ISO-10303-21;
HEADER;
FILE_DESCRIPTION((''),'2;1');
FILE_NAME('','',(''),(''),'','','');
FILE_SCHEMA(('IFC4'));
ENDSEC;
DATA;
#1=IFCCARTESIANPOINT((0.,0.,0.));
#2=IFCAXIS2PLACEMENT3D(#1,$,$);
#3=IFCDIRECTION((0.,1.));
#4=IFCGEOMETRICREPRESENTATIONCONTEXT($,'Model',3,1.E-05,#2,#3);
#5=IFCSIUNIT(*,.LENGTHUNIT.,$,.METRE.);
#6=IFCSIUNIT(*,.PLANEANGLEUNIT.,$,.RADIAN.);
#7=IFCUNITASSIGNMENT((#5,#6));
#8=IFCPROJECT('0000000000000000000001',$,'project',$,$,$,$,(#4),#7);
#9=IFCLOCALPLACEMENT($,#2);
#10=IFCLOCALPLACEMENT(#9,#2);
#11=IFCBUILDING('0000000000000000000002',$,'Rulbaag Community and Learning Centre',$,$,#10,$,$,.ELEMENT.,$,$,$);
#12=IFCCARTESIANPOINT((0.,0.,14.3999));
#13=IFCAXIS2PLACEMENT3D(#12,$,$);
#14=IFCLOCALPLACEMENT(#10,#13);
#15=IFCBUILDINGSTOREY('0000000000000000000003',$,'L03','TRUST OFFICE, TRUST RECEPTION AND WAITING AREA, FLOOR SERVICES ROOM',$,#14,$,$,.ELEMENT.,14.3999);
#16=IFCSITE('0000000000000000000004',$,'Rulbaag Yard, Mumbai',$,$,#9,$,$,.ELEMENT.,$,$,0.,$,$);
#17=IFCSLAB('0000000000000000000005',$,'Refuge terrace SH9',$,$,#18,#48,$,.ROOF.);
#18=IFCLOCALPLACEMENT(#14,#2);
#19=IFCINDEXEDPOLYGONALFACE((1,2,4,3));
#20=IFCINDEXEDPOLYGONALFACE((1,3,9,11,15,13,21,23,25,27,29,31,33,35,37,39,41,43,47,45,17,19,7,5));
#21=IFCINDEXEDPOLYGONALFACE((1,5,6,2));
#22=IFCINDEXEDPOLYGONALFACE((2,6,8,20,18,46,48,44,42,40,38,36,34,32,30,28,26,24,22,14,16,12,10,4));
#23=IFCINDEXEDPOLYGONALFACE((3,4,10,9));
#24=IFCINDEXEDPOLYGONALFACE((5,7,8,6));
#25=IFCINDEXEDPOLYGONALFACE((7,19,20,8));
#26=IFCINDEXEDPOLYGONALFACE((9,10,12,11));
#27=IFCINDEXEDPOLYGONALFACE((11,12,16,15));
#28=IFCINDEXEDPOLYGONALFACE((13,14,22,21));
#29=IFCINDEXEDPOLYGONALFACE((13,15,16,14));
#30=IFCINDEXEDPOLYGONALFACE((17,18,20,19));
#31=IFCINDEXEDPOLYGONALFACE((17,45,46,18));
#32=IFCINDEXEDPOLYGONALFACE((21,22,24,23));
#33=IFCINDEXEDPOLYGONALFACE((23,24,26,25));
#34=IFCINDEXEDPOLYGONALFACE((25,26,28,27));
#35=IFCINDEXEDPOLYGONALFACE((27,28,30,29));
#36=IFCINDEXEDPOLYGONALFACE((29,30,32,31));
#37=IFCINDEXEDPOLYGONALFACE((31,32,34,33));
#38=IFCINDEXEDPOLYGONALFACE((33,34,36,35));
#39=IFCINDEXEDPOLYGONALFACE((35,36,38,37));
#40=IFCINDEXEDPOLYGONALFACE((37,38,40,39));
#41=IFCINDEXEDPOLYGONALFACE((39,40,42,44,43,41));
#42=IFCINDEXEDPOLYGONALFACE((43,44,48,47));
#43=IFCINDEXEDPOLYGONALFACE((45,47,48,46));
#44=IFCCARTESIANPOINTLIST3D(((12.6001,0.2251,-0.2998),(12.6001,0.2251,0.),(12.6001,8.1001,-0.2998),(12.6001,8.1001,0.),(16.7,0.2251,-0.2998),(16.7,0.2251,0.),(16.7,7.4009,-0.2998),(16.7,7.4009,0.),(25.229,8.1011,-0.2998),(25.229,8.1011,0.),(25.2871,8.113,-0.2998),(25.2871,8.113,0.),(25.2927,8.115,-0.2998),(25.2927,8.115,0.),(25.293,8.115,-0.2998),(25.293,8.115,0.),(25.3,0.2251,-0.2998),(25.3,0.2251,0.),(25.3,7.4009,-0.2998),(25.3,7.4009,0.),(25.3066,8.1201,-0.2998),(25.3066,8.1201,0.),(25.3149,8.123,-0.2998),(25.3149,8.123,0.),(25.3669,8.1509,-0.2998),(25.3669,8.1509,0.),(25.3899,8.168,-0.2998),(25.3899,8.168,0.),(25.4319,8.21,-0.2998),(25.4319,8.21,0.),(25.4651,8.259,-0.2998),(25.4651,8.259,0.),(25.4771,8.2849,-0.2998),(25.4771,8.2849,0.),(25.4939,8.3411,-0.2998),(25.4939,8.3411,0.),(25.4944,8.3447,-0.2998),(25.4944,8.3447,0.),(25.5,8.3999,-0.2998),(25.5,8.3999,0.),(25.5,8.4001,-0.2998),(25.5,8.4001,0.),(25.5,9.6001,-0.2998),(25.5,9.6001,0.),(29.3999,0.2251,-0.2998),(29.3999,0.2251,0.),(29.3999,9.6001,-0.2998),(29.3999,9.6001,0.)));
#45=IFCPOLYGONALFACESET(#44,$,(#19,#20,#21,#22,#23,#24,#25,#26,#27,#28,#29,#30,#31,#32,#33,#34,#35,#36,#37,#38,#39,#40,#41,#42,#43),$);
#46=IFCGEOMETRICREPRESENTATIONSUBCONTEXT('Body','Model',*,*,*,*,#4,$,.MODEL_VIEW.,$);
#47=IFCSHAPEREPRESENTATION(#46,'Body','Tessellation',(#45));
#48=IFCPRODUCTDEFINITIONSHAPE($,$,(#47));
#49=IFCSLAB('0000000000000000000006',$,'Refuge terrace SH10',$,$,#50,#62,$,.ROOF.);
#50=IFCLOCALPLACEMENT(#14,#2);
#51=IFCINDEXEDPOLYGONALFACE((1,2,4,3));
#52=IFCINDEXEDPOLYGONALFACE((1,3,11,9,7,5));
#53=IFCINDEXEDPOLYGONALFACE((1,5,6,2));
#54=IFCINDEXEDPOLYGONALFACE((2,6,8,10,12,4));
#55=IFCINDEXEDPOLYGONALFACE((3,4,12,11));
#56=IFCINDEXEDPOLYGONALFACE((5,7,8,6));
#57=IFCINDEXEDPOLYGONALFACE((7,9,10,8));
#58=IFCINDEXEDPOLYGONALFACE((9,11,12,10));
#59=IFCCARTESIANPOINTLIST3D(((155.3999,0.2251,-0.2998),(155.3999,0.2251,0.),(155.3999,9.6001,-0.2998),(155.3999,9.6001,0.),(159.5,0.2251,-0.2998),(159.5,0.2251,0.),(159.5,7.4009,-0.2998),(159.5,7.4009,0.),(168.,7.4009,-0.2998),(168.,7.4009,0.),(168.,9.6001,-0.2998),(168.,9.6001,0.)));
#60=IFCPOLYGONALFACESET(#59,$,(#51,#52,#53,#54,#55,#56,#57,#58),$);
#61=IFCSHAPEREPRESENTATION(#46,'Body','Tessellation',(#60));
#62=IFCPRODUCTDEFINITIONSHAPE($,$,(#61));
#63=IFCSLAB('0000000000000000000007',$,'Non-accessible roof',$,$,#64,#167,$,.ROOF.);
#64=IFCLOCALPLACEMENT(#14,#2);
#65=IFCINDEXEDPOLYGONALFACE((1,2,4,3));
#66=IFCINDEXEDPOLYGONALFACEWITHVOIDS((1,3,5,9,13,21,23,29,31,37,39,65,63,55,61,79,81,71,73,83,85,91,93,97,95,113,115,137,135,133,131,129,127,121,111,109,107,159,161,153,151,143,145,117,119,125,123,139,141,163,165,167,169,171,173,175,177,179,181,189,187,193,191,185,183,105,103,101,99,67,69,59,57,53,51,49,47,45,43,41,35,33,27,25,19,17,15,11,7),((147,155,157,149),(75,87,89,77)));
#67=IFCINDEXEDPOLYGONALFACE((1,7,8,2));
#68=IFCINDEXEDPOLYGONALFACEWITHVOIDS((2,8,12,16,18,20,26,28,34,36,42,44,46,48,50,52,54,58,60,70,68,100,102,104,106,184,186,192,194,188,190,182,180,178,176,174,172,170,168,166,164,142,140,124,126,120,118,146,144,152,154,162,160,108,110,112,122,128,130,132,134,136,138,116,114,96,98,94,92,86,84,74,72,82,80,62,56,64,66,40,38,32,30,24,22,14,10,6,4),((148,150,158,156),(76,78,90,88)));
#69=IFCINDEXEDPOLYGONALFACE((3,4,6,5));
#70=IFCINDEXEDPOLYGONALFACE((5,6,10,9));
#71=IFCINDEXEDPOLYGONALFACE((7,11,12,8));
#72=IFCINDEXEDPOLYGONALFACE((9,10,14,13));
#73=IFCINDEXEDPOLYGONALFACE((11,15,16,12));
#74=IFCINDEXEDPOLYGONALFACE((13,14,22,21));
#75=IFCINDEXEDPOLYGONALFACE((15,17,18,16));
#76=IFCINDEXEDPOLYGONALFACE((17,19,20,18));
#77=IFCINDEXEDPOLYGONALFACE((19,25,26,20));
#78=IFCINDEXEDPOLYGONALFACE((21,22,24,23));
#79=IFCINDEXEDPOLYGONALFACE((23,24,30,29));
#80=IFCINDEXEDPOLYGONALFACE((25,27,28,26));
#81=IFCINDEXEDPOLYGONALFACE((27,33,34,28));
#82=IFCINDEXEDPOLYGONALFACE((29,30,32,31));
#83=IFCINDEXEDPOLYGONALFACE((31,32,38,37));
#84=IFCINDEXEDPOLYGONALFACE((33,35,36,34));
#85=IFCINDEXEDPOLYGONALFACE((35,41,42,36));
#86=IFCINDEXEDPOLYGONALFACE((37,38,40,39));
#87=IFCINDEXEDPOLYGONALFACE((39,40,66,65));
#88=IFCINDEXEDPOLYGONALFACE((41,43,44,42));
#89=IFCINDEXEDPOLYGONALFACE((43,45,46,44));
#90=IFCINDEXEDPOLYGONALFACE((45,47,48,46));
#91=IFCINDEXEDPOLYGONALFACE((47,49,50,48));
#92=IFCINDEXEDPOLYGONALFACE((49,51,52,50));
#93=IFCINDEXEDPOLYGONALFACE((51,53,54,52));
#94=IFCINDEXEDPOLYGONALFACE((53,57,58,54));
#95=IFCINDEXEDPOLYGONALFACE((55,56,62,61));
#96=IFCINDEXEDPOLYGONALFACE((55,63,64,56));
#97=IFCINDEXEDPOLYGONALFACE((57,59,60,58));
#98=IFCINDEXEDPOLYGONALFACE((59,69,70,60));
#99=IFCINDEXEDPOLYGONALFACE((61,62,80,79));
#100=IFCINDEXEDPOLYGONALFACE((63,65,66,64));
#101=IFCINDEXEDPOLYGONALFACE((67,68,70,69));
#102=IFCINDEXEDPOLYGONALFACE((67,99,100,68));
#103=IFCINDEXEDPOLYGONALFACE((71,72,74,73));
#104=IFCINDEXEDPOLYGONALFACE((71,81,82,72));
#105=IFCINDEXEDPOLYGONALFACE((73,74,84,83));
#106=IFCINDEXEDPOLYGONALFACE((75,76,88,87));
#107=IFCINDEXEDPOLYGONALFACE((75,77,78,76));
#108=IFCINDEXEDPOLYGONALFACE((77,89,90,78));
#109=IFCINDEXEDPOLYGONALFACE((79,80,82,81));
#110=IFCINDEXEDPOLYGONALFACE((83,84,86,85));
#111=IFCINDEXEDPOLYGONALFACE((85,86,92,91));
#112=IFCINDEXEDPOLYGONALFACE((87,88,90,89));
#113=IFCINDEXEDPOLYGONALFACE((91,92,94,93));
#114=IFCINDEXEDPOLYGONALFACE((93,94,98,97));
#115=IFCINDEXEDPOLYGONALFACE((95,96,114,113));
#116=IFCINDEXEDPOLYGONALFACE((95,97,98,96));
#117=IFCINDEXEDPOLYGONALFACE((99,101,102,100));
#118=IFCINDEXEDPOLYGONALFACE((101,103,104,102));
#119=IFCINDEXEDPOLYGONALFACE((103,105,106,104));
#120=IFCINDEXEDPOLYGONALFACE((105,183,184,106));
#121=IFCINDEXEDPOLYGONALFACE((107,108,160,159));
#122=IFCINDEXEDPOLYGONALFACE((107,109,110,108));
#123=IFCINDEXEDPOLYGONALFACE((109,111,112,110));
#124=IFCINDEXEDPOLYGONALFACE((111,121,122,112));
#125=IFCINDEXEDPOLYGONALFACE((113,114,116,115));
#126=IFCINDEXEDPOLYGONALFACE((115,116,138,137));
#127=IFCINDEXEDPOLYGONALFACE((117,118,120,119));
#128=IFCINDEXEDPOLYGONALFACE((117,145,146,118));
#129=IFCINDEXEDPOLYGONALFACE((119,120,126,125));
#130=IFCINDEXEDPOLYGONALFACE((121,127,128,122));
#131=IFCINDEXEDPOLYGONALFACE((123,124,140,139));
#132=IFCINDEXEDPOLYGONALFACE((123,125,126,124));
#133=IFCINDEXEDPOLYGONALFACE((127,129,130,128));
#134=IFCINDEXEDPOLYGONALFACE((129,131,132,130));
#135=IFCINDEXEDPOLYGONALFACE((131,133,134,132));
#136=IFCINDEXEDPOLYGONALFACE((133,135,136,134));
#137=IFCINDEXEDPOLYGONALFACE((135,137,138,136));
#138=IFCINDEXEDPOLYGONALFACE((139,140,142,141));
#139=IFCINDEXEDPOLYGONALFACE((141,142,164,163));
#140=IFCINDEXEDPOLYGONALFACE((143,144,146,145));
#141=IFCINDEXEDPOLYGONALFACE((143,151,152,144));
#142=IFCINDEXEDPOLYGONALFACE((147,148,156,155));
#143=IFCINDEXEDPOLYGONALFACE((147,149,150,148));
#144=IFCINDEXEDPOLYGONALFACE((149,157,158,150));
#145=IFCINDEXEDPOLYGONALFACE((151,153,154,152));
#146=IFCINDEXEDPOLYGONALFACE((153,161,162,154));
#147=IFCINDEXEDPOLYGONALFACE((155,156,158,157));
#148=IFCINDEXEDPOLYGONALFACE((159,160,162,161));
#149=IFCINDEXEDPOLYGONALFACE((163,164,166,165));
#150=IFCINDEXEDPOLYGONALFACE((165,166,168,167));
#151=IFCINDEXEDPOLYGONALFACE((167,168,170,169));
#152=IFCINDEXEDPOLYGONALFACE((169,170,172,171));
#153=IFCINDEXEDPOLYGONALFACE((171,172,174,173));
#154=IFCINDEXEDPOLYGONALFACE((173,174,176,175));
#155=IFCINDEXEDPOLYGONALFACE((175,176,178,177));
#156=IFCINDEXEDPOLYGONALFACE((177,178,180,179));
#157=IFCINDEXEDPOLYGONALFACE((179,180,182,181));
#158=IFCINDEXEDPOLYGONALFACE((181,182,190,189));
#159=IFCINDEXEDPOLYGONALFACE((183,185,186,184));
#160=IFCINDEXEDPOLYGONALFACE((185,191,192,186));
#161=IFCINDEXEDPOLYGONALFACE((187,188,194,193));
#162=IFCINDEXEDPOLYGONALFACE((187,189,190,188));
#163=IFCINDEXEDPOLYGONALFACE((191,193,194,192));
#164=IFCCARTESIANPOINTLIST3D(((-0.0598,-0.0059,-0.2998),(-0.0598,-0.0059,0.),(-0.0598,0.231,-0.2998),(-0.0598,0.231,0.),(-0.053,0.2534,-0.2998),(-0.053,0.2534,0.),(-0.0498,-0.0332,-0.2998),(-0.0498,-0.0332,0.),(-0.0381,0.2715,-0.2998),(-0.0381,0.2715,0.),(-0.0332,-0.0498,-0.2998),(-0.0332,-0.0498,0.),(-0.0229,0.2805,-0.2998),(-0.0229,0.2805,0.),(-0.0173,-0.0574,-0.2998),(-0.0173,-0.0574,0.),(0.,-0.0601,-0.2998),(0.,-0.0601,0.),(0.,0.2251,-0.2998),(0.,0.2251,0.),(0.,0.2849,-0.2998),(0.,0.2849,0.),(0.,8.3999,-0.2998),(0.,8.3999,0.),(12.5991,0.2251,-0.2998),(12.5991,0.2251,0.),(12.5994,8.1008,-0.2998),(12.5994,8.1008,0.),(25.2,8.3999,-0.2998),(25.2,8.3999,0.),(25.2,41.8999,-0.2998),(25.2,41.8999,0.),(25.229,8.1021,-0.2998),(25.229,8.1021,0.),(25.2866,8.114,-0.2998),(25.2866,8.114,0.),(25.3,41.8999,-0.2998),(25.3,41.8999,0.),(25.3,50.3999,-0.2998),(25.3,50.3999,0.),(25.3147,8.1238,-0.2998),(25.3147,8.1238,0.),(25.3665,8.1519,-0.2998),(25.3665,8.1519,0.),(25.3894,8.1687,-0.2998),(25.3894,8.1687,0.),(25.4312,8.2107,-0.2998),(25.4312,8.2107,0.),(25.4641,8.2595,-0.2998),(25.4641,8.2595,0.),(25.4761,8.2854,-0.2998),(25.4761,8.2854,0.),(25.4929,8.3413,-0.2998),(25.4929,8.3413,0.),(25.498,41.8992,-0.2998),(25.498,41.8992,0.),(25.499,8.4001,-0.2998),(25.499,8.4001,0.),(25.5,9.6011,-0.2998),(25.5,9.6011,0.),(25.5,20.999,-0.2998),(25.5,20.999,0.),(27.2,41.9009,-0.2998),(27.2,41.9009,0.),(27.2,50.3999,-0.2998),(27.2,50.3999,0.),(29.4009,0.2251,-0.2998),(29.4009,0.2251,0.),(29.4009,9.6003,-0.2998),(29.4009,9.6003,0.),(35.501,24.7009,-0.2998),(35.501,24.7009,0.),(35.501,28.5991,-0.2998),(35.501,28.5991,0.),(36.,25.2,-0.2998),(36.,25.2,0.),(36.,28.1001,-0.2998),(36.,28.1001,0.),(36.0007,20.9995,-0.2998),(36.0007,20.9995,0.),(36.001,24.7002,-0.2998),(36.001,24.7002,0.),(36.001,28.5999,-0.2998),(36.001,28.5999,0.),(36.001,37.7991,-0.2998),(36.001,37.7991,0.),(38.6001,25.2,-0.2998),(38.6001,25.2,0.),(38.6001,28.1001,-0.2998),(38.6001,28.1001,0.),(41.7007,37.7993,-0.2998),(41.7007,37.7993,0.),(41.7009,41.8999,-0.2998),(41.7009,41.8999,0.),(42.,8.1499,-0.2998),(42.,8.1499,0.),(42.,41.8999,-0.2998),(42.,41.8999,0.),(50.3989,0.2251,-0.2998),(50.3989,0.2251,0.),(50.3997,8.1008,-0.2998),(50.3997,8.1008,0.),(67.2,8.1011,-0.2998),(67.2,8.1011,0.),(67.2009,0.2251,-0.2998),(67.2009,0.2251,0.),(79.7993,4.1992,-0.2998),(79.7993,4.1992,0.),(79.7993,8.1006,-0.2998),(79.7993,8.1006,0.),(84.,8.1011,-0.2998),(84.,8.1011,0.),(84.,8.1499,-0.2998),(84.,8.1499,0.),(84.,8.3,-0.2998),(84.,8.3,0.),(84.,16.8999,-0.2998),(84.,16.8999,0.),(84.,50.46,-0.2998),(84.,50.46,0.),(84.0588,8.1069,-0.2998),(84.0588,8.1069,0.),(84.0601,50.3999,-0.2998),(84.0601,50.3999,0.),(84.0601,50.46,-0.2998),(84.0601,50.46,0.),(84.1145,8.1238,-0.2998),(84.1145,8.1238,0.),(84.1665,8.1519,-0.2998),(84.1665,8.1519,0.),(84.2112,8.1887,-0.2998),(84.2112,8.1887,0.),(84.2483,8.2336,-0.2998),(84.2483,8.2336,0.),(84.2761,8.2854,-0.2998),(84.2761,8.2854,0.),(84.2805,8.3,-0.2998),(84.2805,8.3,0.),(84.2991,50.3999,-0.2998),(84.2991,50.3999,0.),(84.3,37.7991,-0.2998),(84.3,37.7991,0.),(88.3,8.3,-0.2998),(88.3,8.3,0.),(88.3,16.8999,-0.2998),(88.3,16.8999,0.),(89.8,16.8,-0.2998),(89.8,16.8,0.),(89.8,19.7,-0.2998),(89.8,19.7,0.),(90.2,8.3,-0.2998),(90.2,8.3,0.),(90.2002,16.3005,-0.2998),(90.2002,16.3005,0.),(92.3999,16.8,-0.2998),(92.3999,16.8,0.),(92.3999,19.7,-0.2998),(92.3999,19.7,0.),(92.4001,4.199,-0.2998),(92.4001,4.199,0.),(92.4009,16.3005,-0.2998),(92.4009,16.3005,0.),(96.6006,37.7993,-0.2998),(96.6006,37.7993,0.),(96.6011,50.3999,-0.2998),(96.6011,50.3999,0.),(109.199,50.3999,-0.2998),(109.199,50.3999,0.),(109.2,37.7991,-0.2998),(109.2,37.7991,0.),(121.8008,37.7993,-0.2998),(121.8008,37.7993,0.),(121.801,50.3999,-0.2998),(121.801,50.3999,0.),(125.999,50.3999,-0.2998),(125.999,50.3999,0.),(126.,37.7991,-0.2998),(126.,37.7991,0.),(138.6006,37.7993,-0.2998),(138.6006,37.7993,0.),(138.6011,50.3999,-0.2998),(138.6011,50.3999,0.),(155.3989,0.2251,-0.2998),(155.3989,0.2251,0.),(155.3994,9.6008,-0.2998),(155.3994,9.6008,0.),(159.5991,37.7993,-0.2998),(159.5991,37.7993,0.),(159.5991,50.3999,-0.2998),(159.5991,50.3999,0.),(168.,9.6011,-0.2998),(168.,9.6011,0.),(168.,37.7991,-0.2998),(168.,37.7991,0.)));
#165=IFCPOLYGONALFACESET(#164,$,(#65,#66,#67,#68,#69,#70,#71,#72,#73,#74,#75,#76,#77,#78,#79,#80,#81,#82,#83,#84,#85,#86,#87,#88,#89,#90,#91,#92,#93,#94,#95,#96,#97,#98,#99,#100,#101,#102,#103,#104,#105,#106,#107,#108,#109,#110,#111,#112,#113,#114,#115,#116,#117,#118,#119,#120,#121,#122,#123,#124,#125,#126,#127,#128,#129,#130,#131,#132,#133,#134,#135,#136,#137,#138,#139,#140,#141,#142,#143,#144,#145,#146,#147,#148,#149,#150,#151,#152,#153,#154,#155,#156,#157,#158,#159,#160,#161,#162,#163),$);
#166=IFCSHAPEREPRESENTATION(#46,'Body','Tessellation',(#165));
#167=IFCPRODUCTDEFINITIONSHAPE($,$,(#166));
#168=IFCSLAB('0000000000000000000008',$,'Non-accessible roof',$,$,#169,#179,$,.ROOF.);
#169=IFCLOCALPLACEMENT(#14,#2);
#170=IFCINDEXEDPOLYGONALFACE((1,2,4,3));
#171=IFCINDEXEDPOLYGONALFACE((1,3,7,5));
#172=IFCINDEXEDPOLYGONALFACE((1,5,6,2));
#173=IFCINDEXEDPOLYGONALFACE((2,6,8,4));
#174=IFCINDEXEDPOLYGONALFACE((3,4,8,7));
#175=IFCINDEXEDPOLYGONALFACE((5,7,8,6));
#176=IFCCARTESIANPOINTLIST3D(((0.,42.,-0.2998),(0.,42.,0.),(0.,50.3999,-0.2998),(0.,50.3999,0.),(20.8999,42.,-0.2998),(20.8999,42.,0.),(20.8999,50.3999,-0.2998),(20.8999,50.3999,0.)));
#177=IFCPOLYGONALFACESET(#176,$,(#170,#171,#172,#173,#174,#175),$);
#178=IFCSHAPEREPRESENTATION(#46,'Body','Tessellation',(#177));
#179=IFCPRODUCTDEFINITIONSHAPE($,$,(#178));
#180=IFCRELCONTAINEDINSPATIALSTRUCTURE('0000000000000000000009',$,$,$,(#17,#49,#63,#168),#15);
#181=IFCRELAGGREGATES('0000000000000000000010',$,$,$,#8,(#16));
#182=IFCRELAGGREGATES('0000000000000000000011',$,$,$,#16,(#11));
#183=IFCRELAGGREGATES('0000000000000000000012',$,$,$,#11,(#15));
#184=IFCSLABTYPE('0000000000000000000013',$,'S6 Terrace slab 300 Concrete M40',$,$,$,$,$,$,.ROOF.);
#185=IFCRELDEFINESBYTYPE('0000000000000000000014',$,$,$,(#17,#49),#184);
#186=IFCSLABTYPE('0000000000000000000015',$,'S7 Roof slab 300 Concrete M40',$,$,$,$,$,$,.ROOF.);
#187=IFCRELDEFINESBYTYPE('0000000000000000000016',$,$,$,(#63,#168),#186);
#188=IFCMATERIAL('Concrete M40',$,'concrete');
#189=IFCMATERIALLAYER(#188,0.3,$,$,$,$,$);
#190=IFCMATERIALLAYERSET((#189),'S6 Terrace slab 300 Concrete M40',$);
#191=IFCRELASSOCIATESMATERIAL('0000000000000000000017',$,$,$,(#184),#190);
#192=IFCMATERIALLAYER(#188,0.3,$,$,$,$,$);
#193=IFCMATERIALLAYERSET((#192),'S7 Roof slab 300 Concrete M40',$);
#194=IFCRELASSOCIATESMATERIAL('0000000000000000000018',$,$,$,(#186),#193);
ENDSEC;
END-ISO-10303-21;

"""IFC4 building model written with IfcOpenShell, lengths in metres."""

from ifc_helpers import new_model, si_unit, direction, frame, origin, place, context, subcontext, project, spatial, polyline, outline, extrude, material, layer, layer_set, type_object, element, save


model = new_model("IFC4")

# Units and contexts
model_context = context("Model", 3, precision=1e-05, world=origin(), true_north=direction((0.0, 1.0)))
body_context = subcontext(model_context, "Body", "Model", "MODEL_VIEW")
ifc_project = project(units=[si_unit("LENGTHUNIT", "METRE"), si_unit("PLANEANGLEUNIT", "RADIAN")], contexts=[model_context])

# Site, building, storey
site_placement = place(None, origin())
site = spatial("IfcSite", under=ifc_project, at=site_placement, Name="Rulbaag Yard, Mumbai", CompositionType="ELEMENT", RefElevation=0.0)
building_placement = place(site_placement, origin())
building = spatial("IfcBuilding", under=site, at=building_placement, Name="Rulbaag Community and Learning Centre", CompositionType="ELEMENT")
storey_placement = place(building_placement, frame((0.0, 0.0, 14.3999)))
storey = spatial("IfcBuildingStorey", under=building, at=storey_placement, Name="L03", Description="TRUST OFFICE, TRUST RECEPTION AND WAITING AREA, FLOOR SERVICES ROOM", CompositionType="ELEMENT", Elevation=14.3999)

# Slabs
ifc_material = material(Name="Concrete M40", Category="concrete")
ifc_layer_1 = layer(ifc_material, 0.3)
ifc_layer_set_1 = layer_set([ifc_layer_1], Name="S6 Terrace slab 300 Concrete M40")
slab_type_1 = type_object("IfcSlabType", Name="S6 Terrace slab 300 Concrete M40", PredefinedType="ROOF", material=ifc_layer_set_1)
slab_1_placement = place(storey_placement, frame((0.0, 0.0, -0.2998)))
element("IfcSlab", 1, at=slab_1_placement, inside=storey, type_object=slab_type_1, Name="Refuge terrace SH9", PredefinedType="ROOF", context=body_context, shape_type="SweptSolid", body=[
    extrude(outline(polyline([(25.3, 7.4009), (16.7, 7.4009), (16.7, 0.2251), (12.6001, 0.2251), (12.6001, 8.1001), (25.229, 8.1011), (25.2871, 8.113), (25.293, 8.115), (25.2927, 8.115), (25.3066, 8.1201), (25.3149, 8.123), (25.3669, 8.1509), (25.3899, 8.168), (25.4319, 8.21), (25.4651, 8.259), (25.4771, 8.2849), (25.4939, 8.3411), (25.4944, 8.3447), (25.4944, 8.3447), (25.5, 8.3999), (25.5, 8.4001), (25.5, 8.4001), (25.5, 9.6001), (29.3999, 9.6001), (29.3999, 0.2251), (25.3, 0.2251), (25.3, 7.4009)])), origin(), (0.0, 0.0, 1.0), 0.2998),
])
slab_2_placement = place(storey_placement, frame((0.0, 0.0, -0.2998)))
element("IfcSlab", 2, at=slab_2_placement, inside=storey, type_object=slab_type_1, Name="Refuge terrace SH10", PredefinedType="ROOF", context=body_context, shape_type="SweptSolid", body=[
    extrude(outline(polyline([(159.5, 0.2251), (155.3999, 0.2251), (155.3999, 9.6001), (168.0, 9.6001), (168.0, 7.4009), (159.5, 7.4009), (159.5, 0.2251)])), origin(), (0.0, 0.0, 1.0), 0.2998),
])
ifc_layer_2 = layer(ifc_material, 0.3)
ifc_layer_set_2 = layer_set([ifc_layer_2], Name="S7 Roof slab 300 Concrete M40")
slab_type_2 = type_object("IfcSlabType", Name="S7 Roof slab 300 Concrete M40", PredefinedType="ROOF", material=ifc_layer_set_2)
slab_3_placement = place(storey_placement, frame((0.0, 0.0, -0.2998)))
element("IfcSlab", 3, at=slab_3_placement, inside=storey, type_object=slab_type_2, Name="Non-accessible roof", PredefinedType="ROOF", context=body_context, shape_type="SweptSolid", body=[
    extrude(outline(polyline([(25.2, 41.8999), (25.3, 41.8999), (25.3, 50.3999), (27.2, 50.3999), (27.2, 41.9009), (25.498, 41.8992), (25.5, 20.999), (36.0007, 20.9995), (36.001, 24.7002), (35.501, 24.7009), (35.501, 28.5991), (36.001, 28.5999), (36.001, 37.7991), (41.7007, 37.7993), (41.7009, 41.8999), (42.0, 41.8999), (42.0, 8.1499), (84.0, 8.1499), (84.0, 8.3), (84.2805, 8.3), (84.2761, 8.2854), (84.2483, 8.2336), (84.2112, 8.1887), (84.1665, 8.1519), (84.1145, 8.1238), (84.0588, 8.1069), (84.0, 8.1011), (79.7993, 8.1006), (79.7993, 4.1992), (92.4001, 4.199), (92.4009, 16.3005), (90.2002, 16.3005), (90.2, 8.3), (88.2009, 8.3), (88.3, 8.3), (88.3, 16.8999), (84.0, 16.8999), (84.0, 50.46), (84.0601, 50.46), (84.0601, 50.3999), (84.2991, 50.3999), (84.3, 37.7991), (96.6006, 37.7993), (96.6011, 50.3999), (109.199, 50.3999), (109.2, 37.7991), (121.8008, 37.7993), (121.801, 50.3999), (125.999, 50.3999), (126.0, 37.7991), (138.6006, 37.7993), (138.6011, 50.3999), (159.5991, 50.3999), (159.5991, 37.7993), (168.0, 37.7991), (168.0, 9.6011), (155.3994, 9.6008), (155.3989, 0.2251), (67.2009, 0.2251), (67.2, 8.1011), (50.3997, 8.1008), (50.3989, 0.2251), (29.4009, 0.2251), (29.4009, 9.6003), (25.5, 9.6011), (25.499, 8.4001), (25.4929, 8.3413), (25.4761, 8.2854), (25.4641, 8.2595), (25.4312, 8.2107), (25.3894, 8.1687), (25.3665, 8.1519), (25.3147, 8.1238), (25.2866, 8.114), (25.229, 8.1021), (12.5994, 8.1008), (12.5991, 0.2251), (0.0, 0.2251), (0.0, -0.0601), (-0.0173, -0.0574), (-0.0332, -0.0498), (-0.0498, -0.0332), (-0.0598, -0.0059), (-0.0598, 0.231), (-0.053, 0.2534), (-0.0381, 0.2715), (-0.0229, 0.2805), (0.0, 0.2849), (0.0, 8.3999), (25.2, 8.3999), (25.2, 41.8999)]), holes=[polyline([(92.3999, 16.8), (92.3999, 19.7), (89.8, 19.7), (89.8, 16.8), (92.3999, 16.8)]), polyline([(38.6001, 25.2), (38.6001, 28.1001), (36.0, 28.1001), (36.0, 25.2), (38.6001, 25.2)])]), origin(), (0.0, 0.0, 1.0), 0.2998),
])
slab_4_placement = place(storey_placement, frame((0.0, 0.0, -0.2998)))
element("IfcSlab", 4, at=slab_4_placement, inside=storey, type_object=slab_type_2, Name="Non-accessible roof", PredefinedType="ROOF", context=body_context, shape_type="SweptSolid", body=[
    extrude(outline(polyline([(0.0, 42.0), (0.0, 50.3999), (20.8999, 50.3999), (20.8999, 42.0), (0.0, 42.0)])), origin(), (0.0, 0.0, 1.0), 0.2998),
])

save(model, "model.ifc")
